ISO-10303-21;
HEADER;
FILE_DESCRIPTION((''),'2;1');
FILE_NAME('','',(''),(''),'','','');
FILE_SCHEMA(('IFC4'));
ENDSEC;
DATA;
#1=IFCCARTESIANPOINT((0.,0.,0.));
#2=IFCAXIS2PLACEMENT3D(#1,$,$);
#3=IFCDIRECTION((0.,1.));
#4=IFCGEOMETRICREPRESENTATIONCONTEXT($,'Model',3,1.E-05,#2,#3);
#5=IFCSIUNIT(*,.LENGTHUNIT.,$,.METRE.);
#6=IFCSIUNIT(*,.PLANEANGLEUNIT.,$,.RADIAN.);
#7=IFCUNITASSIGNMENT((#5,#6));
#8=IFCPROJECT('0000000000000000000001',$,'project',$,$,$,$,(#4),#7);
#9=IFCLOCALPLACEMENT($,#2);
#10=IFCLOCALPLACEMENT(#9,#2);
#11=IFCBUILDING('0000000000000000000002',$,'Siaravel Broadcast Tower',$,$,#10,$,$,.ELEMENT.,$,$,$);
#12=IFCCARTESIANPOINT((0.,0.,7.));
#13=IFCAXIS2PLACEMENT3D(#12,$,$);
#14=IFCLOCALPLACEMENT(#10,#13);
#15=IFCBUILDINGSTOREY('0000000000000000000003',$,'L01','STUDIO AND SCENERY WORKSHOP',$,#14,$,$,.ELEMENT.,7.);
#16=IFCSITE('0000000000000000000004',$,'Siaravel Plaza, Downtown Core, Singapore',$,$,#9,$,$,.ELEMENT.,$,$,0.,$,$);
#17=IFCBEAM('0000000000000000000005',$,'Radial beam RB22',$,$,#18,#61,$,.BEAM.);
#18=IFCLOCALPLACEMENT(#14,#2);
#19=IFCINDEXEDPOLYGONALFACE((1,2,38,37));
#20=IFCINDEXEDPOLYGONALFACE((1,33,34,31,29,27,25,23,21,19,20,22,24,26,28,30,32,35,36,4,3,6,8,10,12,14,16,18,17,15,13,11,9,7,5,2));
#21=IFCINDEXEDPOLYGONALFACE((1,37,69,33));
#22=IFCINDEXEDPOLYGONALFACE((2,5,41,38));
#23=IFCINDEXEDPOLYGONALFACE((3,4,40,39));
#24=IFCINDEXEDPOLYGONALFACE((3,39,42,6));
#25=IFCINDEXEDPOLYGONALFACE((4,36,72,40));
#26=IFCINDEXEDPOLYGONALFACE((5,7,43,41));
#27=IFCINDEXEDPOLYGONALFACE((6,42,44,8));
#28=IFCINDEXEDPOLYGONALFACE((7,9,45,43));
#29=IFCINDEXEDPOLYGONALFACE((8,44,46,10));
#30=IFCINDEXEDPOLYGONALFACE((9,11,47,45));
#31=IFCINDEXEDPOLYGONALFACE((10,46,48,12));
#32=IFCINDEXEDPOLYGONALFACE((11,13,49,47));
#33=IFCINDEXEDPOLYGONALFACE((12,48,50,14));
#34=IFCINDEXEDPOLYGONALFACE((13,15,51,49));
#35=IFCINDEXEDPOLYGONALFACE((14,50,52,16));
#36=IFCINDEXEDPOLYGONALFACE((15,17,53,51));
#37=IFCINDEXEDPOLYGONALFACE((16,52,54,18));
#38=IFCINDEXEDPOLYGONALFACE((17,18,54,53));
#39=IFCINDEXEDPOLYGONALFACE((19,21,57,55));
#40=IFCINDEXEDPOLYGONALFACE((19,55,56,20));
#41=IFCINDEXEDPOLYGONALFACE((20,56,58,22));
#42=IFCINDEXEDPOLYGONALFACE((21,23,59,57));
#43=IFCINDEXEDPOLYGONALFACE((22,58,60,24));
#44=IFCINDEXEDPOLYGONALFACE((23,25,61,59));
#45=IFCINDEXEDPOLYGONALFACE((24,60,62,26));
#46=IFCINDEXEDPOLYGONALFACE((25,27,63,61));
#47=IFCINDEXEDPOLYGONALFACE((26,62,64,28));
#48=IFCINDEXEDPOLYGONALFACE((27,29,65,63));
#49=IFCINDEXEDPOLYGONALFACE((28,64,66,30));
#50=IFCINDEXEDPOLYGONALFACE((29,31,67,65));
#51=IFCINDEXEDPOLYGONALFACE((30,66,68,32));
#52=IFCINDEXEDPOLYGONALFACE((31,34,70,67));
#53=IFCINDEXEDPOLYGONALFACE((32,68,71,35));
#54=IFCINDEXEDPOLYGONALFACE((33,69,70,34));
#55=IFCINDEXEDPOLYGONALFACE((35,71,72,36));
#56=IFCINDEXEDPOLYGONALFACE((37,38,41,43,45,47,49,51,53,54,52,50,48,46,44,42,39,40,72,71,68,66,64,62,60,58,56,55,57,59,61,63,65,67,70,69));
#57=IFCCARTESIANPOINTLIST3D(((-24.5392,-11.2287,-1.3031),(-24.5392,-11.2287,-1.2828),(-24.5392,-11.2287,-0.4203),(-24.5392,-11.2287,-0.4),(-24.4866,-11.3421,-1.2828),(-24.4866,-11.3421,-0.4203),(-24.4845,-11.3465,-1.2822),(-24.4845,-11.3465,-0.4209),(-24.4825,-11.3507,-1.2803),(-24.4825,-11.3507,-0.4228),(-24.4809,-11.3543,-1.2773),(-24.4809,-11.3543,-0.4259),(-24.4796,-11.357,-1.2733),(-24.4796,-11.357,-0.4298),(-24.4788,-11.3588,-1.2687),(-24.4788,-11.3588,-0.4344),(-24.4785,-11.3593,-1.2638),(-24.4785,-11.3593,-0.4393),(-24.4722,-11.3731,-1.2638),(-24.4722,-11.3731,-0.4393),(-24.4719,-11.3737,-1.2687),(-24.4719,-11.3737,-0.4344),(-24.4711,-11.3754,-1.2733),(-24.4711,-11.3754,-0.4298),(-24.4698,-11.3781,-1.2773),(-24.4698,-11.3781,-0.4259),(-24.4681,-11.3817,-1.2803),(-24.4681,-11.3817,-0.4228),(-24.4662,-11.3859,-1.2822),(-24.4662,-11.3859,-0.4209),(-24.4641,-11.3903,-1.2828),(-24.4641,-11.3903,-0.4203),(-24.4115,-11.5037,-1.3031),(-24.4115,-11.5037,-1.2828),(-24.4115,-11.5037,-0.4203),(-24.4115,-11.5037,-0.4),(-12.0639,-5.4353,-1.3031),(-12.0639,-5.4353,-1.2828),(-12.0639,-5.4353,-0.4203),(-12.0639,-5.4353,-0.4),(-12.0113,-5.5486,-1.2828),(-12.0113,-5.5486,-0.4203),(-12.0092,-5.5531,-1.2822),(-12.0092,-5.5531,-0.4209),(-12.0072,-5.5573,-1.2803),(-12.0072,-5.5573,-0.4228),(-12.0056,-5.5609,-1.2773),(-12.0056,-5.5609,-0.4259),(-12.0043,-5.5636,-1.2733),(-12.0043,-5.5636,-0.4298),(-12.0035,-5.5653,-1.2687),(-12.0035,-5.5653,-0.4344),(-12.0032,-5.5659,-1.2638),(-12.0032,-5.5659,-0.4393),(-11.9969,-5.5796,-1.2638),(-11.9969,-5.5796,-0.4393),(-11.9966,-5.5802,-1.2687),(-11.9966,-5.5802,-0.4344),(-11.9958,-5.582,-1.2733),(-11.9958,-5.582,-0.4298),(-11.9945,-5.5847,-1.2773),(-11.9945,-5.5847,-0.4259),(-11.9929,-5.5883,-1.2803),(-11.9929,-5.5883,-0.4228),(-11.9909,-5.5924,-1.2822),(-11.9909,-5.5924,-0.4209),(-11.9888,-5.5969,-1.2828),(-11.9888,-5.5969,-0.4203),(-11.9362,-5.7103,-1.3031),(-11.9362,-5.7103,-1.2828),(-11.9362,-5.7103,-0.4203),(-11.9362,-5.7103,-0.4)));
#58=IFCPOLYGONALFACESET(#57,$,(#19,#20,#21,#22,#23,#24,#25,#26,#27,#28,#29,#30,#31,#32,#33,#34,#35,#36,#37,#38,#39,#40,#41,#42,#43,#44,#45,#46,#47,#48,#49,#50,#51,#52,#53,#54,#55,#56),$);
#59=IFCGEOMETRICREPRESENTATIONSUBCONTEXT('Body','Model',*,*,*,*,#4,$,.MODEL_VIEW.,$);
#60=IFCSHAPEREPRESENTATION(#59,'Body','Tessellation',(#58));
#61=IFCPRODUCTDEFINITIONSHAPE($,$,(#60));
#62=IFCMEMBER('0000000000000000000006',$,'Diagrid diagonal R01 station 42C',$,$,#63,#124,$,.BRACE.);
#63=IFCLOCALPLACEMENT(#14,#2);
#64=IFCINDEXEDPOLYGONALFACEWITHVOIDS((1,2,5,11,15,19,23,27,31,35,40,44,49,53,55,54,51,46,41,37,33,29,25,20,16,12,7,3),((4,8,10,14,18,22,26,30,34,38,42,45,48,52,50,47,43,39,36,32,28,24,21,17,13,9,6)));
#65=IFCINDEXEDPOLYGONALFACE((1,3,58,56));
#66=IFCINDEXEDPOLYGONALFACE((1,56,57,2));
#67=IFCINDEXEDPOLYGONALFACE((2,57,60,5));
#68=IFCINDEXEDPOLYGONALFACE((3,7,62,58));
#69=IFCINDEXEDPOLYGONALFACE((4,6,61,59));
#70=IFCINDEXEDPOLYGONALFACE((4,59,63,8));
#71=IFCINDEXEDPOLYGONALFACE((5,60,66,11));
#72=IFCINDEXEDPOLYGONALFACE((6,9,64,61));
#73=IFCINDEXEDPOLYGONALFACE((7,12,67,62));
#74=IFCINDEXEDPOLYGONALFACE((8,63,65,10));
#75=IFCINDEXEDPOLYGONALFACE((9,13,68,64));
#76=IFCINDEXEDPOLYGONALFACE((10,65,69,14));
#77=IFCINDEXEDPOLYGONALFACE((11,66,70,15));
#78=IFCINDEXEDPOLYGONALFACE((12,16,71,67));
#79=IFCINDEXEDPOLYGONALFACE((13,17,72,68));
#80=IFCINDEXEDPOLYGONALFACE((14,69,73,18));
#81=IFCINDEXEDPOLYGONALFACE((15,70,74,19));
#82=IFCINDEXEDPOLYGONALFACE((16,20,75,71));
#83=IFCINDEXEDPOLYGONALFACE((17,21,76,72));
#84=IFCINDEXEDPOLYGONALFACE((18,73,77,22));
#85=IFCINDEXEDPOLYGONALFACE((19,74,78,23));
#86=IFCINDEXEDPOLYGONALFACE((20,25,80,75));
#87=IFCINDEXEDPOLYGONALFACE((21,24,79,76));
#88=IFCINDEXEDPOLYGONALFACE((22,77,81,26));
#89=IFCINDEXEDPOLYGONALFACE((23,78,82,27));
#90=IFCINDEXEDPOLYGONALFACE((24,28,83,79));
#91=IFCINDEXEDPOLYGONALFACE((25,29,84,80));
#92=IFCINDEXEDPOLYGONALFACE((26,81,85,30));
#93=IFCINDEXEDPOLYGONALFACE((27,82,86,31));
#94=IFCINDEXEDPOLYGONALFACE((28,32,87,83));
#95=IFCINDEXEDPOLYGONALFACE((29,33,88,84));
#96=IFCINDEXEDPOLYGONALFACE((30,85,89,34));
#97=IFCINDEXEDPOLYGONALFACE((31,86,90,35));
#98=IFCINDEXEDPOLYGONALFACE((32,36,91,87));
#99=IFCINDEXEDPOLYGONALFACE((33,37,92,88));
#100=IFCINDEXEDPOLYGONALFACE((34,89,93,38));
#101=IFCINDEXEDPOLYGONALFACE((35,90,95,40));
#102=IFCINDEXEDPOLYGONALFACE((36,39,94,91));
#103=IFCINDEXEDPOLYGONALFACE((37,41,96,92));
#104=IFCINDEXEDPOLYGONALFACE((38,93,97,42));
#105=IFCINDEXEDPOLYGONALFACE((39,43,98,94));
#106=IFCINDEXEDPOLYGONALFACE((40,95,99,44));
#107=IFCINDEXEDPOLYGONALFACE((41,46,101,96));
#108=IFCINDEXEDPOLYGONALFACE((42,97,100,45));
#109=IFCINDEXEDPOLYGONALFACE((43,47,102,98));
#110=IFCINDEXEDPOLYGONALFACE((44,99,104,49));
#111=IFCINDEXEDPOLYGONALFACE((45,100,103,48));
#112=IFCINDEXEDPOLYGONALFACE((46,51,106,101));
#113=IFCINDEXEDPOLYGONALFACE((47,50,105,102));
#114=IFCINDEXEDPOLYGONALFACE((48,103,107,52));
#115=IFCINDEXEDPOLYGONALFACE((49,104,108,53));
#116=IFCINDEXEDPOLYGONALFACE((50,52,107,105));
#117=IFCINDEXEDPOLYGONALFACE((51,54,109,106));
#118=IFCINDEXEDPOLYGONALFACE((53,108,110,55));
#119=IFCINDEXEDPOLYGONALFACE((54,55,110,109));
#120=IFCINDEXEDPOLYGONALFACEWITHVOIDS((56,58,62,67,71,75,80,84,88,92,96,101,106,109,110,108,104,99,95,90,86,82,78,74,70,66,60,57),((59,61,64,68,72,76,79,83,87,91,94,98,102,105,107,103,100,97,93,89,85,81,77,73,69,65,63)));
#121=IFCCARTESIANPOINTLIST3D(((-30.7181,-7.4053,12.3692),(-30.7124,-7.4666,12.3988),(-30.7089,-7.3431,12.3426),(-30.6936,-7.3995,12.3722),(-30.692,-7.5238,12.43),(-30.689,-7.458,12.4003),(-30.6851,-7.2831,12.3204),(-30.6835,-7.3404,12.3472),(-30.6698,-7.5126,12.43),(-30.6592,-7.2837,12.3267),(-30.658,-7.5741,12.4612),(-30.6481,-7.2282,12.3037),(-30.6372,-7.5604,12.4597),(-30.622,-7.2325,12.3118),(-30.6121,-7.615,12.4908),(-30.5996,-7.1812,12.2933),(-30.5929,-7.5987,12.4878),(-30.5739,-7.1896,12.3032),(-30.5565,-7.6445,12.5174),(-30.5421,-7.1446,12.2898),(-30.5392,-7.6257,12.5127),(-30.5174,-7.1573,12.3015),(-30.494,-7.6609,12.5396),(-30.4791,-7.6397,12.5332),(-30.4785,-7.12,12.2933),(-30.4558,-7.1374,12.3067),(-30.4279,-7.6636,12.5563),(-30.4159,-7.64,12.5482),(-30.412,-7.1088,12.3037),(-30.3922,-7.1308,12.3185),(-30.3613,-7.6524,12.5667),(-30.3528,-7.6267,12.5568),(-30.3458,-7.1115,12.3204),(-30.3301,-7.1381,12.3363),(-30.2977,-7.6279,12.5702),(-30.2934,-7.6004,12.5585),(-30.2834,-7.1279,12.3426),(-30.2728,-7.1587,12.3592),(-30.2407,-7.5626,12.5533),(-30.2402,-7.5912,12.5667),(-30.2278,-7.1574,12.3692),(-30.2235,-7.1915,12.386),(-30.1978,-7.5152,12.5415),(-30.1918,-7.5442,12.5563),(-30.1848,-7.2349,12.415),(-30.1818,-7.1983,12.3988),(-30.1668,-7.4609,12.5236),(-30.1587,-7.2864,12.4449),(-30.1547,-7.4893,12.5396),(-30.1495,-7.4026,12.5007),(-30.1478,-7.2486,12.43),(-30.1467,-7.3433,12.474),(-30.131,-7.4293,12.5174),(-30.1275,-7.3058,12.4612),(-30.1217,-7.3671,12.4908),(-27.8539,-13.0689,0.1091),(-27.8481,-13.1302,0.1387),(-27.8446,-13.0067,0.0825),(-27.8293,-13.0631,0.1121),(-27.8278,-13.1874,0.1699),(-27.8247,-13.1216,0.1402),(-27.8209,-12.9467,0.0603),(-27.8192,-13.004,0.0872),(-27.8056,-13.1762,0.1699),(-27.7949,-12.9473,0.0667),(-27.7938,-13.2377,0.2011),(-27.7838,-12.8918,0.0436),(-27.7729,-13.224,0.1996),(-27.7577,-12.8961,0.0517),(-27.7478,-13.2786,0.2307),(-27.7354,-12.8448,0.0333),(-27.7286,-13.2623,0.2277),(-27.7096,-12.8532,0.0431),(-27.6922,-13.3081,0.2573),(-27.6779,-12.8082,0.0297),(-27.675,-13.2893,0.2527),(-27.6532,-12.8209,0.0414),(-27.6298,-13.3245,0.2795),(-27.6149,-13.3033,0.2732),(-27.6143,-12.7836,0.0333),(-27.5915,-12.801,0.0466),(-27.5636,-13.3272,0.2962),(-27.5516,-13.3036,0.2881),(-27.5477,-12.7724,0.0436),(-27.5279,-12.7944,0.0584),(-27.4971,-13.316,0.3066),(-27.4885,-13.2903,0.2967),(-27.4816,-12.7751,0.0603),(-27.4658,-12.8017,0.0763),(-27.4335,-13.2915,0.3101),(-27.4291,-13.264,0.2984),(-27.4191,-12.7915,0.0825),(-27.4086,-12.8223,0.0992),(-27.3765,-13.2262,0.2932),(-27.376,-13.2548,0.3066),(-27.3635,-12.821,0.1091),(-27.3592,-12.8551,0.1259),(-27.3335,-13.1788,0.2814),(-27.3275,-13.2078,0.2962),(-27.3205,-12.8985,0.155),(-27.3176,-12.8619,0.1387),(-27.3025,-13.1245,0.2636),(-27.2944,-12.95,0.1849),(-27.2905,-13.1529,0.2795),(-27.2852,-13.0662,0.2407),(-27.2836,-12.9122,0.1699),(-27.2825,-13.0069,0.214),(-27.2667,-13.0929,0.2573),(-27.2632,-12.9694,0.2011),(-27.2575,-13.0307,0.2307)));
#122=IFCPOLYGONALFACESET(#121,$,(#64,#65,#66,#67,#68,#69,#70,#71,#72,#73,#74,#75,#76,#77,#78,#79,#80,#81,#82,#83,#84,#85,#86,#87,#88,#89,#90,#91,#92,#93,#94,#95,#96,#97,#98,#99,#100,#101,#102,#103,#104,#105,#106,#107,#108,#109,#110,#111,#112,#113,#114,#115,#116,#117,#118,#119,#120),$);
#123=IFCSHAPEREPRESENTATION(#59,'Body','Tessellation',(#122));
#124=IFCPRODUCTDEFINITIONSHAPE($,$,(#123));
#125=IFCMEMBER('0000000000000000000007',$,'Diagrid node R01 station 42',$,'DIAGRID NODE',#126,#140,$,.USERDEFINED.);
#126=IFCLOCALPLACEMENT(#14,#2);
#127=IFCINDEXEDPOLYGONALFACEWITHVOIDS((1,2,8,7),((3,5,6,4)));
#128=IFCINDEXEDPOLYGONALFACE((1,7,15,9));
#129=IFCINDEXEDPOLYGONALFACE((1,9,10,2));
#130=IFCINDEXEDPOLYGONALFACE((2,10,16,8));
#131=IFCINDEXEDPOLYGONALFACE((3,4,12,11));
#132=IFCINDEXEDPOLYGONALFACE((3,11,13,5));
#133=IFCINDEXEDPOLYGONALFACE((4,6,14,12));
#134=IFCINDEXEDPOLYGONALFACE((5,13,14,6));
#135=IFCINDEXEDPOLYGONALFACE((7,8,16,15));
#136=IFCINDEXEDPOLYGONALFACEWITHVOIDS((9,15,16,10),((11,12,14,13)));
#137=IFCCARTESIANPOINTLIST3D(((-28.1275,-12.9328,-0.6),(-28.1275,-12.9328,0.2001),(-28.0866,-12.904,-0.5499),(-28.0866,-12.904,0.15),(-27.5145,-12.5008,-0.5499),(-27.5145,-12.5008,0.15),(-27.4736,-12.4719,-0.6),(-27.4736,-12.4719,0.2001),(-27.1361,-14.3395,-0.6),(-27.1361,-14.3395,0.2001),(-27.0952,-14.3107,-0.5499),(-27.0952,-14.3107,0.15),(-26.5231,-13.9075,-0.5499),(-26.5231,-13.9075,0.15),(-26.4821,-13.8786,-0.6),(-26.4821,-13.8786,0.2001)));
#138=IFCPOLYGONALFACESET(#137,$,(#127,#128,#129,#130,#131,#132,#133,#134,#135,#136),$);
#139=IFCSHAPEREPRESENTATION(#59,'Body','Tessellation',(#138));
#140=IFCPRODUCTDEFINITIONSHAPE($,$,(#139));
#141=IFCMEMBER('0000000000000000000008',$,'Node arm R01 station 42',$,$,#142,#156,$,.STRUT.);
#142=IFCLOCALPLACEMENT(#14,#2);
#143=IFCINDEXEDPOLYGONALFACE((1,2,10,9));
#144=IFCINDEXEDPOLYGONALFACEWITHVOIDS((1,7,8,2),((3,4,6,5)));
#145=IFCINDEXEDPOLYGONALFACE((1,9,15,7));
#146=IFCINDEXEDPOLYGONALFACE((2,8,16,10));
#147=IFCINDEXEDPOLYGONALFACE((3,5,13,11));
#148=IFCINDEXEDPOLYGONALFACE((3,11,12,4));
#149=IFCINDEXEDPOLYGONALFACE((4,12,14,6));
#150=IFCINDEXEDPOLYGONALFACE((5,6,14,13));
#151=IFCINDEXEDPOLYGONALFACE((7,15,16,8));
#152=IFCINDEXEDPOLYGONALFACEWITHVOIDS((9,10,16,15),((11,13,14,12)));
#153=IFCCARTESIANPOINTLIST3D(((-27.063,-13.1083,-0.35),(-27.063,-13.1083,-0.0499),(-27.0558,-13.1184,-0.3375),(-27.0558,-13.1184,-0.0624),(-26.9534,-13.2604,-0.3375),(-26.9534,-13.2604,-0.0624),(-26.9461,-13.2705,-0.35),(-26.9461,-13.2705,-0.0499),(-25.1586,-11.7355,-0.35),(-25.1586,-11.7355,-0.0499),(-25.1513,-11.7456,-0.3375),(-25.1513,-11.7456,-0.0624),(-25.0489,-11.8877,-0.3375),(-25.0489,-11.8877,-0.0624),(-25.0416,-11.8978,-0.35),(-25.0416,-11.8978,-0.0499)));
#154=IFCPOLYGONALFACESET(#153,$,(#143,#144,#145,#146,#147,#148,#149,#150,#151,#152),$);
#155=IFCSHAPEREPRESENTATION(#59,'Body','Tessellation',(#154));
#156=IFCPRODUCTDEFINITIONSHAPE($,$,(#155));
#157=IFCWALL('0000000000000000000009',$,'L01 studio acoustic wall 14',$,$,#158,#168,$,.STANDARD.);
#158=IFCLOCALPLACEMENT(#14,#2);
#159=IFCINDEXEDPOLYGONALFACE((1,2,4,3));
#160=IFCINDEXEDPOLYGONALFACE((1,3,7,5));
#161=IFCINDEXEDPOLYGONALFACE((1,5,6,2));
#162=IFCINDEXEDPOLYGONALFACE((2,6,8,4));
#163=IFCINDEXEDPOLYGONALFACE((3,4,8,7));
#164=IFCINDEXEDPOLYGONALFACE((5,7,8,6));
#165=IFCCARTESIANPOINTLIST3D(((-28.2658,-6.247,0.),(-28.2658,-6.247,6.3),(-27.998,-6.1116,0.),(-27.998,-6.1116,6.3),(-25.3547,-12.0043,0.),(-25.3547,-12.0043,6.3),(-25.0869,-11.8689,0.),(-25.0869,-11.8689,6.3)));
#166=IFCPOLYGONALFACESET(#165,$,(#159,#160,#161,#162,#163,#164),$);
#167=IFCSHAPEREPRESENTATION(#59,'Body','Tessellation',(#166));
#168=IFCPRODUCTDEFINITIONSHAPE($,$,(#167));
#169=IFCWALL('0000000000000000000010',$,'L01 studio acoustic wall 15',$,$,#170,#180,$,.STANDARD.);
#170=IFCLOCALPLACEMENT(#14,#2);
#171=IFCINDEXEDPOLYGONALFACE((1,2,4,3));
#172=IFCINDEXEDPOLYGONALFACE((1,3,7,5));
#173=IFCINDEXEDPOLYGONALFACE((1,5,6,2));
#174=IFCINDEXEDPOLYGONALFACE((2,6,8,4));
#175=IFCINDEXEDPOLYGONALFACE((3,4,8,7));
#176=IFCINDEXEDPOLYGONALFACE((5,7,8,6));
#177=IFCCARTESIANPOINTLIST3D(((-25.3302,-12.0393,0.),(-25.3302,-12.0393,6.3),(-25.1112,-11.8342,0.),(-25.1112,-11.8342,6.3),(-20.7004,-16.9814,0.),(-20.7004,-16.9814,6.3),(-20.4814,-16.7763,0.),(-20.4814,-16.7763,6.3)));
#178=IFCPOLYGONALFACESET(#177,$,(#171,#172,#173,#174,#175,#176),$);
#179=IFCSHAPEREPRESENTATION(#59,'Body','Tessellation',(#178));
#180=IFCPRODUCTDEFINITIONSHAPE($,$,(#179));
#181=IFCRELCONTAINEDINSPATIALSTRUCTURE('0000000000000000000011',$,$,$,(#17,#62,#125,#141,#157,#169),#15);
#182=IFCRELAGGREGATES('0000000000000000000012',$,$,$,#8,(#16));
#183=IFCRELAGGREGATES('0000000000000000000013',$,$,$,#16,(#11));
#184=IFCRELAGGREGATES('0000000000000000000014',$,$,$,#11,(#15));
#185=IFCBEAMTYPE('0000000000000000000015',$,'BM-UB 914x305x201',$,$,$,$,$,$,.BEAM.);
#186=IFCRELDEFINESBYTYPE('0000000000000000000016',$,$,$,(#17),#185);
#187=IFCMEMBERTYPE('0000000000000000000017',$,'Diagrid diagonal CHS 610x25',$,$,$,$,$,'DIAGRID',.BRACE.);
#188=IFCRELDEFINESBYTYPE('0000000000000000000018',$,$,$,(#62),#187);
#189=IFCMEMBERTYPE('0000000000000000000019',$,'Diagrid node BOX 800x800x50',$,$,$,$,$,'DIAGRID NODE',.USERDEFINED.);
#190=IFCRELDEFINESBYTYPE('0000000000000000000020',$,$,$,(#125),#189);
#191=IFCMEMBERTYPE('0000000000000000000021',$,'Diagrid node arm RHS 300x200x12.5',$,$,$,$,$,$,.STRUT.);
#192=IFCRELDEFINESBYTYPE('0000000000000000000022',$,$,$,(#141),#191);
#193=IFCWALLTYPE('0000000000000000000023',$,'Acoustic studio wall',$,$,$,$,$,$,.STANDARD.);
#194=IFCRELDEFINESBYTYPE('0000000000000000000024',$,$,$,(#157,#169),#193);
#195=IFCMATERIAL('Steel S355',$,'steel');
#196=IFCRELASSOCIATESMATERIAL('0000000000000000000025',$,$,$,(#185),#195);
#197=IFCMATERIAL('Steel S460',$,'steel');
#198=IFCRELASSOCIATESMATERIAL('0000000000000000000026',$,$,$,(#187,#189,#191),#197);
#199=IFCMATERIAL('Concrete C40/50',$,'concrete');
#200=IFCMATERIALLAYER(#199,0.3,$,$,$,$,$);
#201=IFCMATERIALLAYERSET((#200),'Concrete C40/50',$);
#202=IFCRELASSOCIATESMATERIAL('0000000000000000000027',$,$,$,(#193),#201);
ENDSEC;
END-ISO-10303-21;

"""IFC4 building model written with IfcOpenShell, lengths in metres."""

from ifc_helpers import new_model, si_unit, direction, frame, frame_2d, origin, origin_2d, place, context, subcontext, project, spatial, rectangle, hollow_rectangle, hollow_circle, i_section, extrude, material, layer, layer_set, material_profile, profile_set, type_object, element, save


model = new_model("IFC4")

# Units and contexts
model_context = context("Model", 3, precision=1e-05, world=origin(), true_north=direction((0.0, 1.0)))
body_context = subcontext(model_context, "Body", "Model", "MODEL_VIEW")
ifc_project = project(units=[si_unit("LENGTHUNIT", "METRE"), si_unit("PLANEANGLEUNIT", "RADIAN")], contexts=[model_context])

# Site, building, storey
site_placement = place(None, origin())
site = spatial("IfcSite", under=ifc_project, at=site_placement, Name="Siaravel Plaza, Downtown Core, Singapore", CompositionType="ELEMENT", RefElevation=0.0)
building_placement = place(site_placement, origin())
building = spatial("IfcBuilding", under=site, at=building_placement, Name="Siaravel Broadcast Tower", CompositionType="ELEMENT")
storey_placement = place(building_placement, frame((0.0, 0.0, 7.0)))
storey = spatial("IfcBuildingStorey", under=building, at=storey_placement, Name="L01", Description="STUDIO AND SCENERY WORKSHOP", CompositionType="ELEMENT", Elevation=7.0)

# Beam
ifc_material_1 = material(Name="Steel S355", Category="steel")
ifc_material_profile_1 = material_profile(ifc_material_1, i_section(OverallWidth=0.3032, OverallDepth=0.9031, WebThickness=0.0151, FlangeThickness=0.0203, FilletRadius=0.019, at=origin_2d()))
ifc_profile_set_1 = profile_set([ifc_material_profile_1], Name="Steel S355")
beam_type = type_object("IfcBeamType", Name="BM-UB 914x305x201", PredefinedType="BEAM", material=ifc_profile_set_1)
beam_1_placement = place(storey_placement, frame((-24.4753, -11.3662, -0.8516), z_axis=(0.906972, 0.421191, 0.0), x_axis=(-0.421191, 0.906972, 0.0)))
element("IfcBeam", 1, at=beam_1_placement, inside=storey, type_object=beam_type, Name="Radial beam RB22", PredefinedType="BEAM", context=body_context, shape_type="SweptSolid", body=[
    extrude(i_section(OverallWidth=0.3032, OverallDepth=0.9031, WebThickness=0.0151, FlangeThickness=0.0203, FilletRadius=0.019, at=origin_2d()), origin(), (0.0, 0.0, 1.0), 13.7549),
])

# Members
ifc_material_2 = material(Name="Steel S460", Category="steel")
ifc_material_profile_2 = material_profile(ifc_material_2, hollow_circle(Radius=0.3049, WallThickness=0.0249, at=origin_2d()))
ifc_profile_set_2 = profile_set([ifc_material_profile_2], Name="Steel S460")
member_type_1 = type_object("IfcMemberType", Name="Diagrid diagonal CHS 610x25", ElementType="DIAGRID", PredefinedType="BRACE", material=ifc_profile_set_2)
member_1_placement = place(storey_placement, frame((-27.5557, -13.0498, 0.1699), z_axis=(-0.207474, 0.410245, 0.888062), x_axis=(-0.892371, -0.451302, 0.0)))
element("IfcMember", 2, at=member_1_placement, inside=storey, type_object=member_type_1, Name="Diagrid diagonal R01 station 42C", PredefinedType="BRACE", context=body_context, shape_type="SweptSolid", body=[
    extrude(hollow_circle(Radius=0.3049, WallThickness=0.0249, at=origin_2d()), origin(), (0.0, 0.0, 1.0), 13.8054),
])
ifc_material_profile_3 = material_profile(ifc_material_2, hollow_rectangle(XDim=0.8, YDim=0.8, WallThickness=0.05, at=origin_2d()))
ifc_profile_set_3 = profile_set([ifc_material_profile_3], Name="Steel S460")
member_type_2 = type_object("IfcMemberType", Name="Diagrid node BOX 800x800x50", ElementType="DIAGRID NODE", PredefinedType="USERDEFINED", material=ifc_profile_set_3)
member_2_placement = place(storey_placement, frame((-27.8005, -12.7024, -0.2), z_axis=(0.576087, -0.817388, 0.0), x_axis=(0.817388, 0.576087, 0.0)))
element("IfcMember", 3, at=member_2_placement, inside=storey, type_object=member_type_2, Name="Diagrid node R01 station 42", ObjectType="DIAGRID NODE", PredefinedType="USERDEFINED", context=body_context, shape_type="SweptSolid", body=[
    extrude(hollow_rectangle(XDim=0.8, YDim=0.8, WallThickness=0.05, at=origin_2d()), origin(), (0.0, 0.0, 1.0), 1.7209),
])
ifc_material_profile_4 = material_profile(ifc_material_2, hollow_rectangle(XDim=0.2, YDim=0.3, WallThickness=0.0125, at=origin_2d()))
ifc_profile_set_4 = profile_set([ifc_material_profile_4], Name="Steel S460")
member_type_3 = type_object("IfcMemberType", Name="Diagrid node arm RHS 300x200x12.5", PredefinedType="STRUT", material=ifc_profile_set_4)
member_3_placement = place(storey_placement, frame((-25.1001, -11.8167, -0.2), z_axis=(-0.811225, -0.584735, 0.0), x_axis=(0.584735, -0.811225, 0.0)))
element("IfcMember", 4, at=member_3_placement, inside=storey, type_object=member_type_3, Name="Node arm R01 station 42", PredefinedType="STRUT", context=body_context, shape_type="SweptSolid", body=[
    extrude(hollow_rectangle(XDim=0.2, YDim=0.3, WallThickness=0.0125, at=origin_2d()), origin(), (0.0, 0.0, 1.0), 2.3477),
])

# Walls
ifc_material_3 = material(Name="Concrete C40/50", Category="concrete")
ifc_layer_1 = layer(ifc_material_3, 0.3)
ifc_layer_set_1 = layer_set([ifc_layer_1], Name="Concrete C40/50")
wall_type_1 = type_object("IfcWallType", Name="Acoustic studio wall", PredefinedType="STANDARD", material=ifc_layer_set_1)
wall_1_placement = place(storey_placement, frame((-28.1318, -6.1794, 0.0), z_axis=(0.0, 0.0, 1.0), x_axis=(0.451236, -0.892405, 0.0)))
element("IfcWall", 5, at=wall_1_placement, inside=storey, type_object=wall_type_1, Name="L01 studio acoustic wall 14", PredefinedType="STANDARD", context=body_context, shape_type="SweptSolid", body=[
    extrude(rectangle(XDim=6.4514, YDim=0.3, at=frame_2d((3.2256, 0.0))), origin(), (0.0, 0.0, 1.0), 6.3),
])
wall_2_placement = place(storey_placement, frame((-25.2207, -11.9368, 0.0), z_axis=(0.0, 0.0, 1.0), x_axis=(0.683676, -0.729786, 0.0)))
element("IfcWall", 6, at=wall_2_placement, inside=storey, type_object=wall_type_1, Name="L01 studio acoustic wall 15", PredefinedType="STANDARD", context=body_context, shape_type="SweptSolid", body=[
    extrude(rectangle(XDim=6.772, YDim=0.3, at=frame_2d((3.386, 0.0))), origin(), (0.0, 0.0, 1.0), 6.3),
])

save(model, "model.ifc")
